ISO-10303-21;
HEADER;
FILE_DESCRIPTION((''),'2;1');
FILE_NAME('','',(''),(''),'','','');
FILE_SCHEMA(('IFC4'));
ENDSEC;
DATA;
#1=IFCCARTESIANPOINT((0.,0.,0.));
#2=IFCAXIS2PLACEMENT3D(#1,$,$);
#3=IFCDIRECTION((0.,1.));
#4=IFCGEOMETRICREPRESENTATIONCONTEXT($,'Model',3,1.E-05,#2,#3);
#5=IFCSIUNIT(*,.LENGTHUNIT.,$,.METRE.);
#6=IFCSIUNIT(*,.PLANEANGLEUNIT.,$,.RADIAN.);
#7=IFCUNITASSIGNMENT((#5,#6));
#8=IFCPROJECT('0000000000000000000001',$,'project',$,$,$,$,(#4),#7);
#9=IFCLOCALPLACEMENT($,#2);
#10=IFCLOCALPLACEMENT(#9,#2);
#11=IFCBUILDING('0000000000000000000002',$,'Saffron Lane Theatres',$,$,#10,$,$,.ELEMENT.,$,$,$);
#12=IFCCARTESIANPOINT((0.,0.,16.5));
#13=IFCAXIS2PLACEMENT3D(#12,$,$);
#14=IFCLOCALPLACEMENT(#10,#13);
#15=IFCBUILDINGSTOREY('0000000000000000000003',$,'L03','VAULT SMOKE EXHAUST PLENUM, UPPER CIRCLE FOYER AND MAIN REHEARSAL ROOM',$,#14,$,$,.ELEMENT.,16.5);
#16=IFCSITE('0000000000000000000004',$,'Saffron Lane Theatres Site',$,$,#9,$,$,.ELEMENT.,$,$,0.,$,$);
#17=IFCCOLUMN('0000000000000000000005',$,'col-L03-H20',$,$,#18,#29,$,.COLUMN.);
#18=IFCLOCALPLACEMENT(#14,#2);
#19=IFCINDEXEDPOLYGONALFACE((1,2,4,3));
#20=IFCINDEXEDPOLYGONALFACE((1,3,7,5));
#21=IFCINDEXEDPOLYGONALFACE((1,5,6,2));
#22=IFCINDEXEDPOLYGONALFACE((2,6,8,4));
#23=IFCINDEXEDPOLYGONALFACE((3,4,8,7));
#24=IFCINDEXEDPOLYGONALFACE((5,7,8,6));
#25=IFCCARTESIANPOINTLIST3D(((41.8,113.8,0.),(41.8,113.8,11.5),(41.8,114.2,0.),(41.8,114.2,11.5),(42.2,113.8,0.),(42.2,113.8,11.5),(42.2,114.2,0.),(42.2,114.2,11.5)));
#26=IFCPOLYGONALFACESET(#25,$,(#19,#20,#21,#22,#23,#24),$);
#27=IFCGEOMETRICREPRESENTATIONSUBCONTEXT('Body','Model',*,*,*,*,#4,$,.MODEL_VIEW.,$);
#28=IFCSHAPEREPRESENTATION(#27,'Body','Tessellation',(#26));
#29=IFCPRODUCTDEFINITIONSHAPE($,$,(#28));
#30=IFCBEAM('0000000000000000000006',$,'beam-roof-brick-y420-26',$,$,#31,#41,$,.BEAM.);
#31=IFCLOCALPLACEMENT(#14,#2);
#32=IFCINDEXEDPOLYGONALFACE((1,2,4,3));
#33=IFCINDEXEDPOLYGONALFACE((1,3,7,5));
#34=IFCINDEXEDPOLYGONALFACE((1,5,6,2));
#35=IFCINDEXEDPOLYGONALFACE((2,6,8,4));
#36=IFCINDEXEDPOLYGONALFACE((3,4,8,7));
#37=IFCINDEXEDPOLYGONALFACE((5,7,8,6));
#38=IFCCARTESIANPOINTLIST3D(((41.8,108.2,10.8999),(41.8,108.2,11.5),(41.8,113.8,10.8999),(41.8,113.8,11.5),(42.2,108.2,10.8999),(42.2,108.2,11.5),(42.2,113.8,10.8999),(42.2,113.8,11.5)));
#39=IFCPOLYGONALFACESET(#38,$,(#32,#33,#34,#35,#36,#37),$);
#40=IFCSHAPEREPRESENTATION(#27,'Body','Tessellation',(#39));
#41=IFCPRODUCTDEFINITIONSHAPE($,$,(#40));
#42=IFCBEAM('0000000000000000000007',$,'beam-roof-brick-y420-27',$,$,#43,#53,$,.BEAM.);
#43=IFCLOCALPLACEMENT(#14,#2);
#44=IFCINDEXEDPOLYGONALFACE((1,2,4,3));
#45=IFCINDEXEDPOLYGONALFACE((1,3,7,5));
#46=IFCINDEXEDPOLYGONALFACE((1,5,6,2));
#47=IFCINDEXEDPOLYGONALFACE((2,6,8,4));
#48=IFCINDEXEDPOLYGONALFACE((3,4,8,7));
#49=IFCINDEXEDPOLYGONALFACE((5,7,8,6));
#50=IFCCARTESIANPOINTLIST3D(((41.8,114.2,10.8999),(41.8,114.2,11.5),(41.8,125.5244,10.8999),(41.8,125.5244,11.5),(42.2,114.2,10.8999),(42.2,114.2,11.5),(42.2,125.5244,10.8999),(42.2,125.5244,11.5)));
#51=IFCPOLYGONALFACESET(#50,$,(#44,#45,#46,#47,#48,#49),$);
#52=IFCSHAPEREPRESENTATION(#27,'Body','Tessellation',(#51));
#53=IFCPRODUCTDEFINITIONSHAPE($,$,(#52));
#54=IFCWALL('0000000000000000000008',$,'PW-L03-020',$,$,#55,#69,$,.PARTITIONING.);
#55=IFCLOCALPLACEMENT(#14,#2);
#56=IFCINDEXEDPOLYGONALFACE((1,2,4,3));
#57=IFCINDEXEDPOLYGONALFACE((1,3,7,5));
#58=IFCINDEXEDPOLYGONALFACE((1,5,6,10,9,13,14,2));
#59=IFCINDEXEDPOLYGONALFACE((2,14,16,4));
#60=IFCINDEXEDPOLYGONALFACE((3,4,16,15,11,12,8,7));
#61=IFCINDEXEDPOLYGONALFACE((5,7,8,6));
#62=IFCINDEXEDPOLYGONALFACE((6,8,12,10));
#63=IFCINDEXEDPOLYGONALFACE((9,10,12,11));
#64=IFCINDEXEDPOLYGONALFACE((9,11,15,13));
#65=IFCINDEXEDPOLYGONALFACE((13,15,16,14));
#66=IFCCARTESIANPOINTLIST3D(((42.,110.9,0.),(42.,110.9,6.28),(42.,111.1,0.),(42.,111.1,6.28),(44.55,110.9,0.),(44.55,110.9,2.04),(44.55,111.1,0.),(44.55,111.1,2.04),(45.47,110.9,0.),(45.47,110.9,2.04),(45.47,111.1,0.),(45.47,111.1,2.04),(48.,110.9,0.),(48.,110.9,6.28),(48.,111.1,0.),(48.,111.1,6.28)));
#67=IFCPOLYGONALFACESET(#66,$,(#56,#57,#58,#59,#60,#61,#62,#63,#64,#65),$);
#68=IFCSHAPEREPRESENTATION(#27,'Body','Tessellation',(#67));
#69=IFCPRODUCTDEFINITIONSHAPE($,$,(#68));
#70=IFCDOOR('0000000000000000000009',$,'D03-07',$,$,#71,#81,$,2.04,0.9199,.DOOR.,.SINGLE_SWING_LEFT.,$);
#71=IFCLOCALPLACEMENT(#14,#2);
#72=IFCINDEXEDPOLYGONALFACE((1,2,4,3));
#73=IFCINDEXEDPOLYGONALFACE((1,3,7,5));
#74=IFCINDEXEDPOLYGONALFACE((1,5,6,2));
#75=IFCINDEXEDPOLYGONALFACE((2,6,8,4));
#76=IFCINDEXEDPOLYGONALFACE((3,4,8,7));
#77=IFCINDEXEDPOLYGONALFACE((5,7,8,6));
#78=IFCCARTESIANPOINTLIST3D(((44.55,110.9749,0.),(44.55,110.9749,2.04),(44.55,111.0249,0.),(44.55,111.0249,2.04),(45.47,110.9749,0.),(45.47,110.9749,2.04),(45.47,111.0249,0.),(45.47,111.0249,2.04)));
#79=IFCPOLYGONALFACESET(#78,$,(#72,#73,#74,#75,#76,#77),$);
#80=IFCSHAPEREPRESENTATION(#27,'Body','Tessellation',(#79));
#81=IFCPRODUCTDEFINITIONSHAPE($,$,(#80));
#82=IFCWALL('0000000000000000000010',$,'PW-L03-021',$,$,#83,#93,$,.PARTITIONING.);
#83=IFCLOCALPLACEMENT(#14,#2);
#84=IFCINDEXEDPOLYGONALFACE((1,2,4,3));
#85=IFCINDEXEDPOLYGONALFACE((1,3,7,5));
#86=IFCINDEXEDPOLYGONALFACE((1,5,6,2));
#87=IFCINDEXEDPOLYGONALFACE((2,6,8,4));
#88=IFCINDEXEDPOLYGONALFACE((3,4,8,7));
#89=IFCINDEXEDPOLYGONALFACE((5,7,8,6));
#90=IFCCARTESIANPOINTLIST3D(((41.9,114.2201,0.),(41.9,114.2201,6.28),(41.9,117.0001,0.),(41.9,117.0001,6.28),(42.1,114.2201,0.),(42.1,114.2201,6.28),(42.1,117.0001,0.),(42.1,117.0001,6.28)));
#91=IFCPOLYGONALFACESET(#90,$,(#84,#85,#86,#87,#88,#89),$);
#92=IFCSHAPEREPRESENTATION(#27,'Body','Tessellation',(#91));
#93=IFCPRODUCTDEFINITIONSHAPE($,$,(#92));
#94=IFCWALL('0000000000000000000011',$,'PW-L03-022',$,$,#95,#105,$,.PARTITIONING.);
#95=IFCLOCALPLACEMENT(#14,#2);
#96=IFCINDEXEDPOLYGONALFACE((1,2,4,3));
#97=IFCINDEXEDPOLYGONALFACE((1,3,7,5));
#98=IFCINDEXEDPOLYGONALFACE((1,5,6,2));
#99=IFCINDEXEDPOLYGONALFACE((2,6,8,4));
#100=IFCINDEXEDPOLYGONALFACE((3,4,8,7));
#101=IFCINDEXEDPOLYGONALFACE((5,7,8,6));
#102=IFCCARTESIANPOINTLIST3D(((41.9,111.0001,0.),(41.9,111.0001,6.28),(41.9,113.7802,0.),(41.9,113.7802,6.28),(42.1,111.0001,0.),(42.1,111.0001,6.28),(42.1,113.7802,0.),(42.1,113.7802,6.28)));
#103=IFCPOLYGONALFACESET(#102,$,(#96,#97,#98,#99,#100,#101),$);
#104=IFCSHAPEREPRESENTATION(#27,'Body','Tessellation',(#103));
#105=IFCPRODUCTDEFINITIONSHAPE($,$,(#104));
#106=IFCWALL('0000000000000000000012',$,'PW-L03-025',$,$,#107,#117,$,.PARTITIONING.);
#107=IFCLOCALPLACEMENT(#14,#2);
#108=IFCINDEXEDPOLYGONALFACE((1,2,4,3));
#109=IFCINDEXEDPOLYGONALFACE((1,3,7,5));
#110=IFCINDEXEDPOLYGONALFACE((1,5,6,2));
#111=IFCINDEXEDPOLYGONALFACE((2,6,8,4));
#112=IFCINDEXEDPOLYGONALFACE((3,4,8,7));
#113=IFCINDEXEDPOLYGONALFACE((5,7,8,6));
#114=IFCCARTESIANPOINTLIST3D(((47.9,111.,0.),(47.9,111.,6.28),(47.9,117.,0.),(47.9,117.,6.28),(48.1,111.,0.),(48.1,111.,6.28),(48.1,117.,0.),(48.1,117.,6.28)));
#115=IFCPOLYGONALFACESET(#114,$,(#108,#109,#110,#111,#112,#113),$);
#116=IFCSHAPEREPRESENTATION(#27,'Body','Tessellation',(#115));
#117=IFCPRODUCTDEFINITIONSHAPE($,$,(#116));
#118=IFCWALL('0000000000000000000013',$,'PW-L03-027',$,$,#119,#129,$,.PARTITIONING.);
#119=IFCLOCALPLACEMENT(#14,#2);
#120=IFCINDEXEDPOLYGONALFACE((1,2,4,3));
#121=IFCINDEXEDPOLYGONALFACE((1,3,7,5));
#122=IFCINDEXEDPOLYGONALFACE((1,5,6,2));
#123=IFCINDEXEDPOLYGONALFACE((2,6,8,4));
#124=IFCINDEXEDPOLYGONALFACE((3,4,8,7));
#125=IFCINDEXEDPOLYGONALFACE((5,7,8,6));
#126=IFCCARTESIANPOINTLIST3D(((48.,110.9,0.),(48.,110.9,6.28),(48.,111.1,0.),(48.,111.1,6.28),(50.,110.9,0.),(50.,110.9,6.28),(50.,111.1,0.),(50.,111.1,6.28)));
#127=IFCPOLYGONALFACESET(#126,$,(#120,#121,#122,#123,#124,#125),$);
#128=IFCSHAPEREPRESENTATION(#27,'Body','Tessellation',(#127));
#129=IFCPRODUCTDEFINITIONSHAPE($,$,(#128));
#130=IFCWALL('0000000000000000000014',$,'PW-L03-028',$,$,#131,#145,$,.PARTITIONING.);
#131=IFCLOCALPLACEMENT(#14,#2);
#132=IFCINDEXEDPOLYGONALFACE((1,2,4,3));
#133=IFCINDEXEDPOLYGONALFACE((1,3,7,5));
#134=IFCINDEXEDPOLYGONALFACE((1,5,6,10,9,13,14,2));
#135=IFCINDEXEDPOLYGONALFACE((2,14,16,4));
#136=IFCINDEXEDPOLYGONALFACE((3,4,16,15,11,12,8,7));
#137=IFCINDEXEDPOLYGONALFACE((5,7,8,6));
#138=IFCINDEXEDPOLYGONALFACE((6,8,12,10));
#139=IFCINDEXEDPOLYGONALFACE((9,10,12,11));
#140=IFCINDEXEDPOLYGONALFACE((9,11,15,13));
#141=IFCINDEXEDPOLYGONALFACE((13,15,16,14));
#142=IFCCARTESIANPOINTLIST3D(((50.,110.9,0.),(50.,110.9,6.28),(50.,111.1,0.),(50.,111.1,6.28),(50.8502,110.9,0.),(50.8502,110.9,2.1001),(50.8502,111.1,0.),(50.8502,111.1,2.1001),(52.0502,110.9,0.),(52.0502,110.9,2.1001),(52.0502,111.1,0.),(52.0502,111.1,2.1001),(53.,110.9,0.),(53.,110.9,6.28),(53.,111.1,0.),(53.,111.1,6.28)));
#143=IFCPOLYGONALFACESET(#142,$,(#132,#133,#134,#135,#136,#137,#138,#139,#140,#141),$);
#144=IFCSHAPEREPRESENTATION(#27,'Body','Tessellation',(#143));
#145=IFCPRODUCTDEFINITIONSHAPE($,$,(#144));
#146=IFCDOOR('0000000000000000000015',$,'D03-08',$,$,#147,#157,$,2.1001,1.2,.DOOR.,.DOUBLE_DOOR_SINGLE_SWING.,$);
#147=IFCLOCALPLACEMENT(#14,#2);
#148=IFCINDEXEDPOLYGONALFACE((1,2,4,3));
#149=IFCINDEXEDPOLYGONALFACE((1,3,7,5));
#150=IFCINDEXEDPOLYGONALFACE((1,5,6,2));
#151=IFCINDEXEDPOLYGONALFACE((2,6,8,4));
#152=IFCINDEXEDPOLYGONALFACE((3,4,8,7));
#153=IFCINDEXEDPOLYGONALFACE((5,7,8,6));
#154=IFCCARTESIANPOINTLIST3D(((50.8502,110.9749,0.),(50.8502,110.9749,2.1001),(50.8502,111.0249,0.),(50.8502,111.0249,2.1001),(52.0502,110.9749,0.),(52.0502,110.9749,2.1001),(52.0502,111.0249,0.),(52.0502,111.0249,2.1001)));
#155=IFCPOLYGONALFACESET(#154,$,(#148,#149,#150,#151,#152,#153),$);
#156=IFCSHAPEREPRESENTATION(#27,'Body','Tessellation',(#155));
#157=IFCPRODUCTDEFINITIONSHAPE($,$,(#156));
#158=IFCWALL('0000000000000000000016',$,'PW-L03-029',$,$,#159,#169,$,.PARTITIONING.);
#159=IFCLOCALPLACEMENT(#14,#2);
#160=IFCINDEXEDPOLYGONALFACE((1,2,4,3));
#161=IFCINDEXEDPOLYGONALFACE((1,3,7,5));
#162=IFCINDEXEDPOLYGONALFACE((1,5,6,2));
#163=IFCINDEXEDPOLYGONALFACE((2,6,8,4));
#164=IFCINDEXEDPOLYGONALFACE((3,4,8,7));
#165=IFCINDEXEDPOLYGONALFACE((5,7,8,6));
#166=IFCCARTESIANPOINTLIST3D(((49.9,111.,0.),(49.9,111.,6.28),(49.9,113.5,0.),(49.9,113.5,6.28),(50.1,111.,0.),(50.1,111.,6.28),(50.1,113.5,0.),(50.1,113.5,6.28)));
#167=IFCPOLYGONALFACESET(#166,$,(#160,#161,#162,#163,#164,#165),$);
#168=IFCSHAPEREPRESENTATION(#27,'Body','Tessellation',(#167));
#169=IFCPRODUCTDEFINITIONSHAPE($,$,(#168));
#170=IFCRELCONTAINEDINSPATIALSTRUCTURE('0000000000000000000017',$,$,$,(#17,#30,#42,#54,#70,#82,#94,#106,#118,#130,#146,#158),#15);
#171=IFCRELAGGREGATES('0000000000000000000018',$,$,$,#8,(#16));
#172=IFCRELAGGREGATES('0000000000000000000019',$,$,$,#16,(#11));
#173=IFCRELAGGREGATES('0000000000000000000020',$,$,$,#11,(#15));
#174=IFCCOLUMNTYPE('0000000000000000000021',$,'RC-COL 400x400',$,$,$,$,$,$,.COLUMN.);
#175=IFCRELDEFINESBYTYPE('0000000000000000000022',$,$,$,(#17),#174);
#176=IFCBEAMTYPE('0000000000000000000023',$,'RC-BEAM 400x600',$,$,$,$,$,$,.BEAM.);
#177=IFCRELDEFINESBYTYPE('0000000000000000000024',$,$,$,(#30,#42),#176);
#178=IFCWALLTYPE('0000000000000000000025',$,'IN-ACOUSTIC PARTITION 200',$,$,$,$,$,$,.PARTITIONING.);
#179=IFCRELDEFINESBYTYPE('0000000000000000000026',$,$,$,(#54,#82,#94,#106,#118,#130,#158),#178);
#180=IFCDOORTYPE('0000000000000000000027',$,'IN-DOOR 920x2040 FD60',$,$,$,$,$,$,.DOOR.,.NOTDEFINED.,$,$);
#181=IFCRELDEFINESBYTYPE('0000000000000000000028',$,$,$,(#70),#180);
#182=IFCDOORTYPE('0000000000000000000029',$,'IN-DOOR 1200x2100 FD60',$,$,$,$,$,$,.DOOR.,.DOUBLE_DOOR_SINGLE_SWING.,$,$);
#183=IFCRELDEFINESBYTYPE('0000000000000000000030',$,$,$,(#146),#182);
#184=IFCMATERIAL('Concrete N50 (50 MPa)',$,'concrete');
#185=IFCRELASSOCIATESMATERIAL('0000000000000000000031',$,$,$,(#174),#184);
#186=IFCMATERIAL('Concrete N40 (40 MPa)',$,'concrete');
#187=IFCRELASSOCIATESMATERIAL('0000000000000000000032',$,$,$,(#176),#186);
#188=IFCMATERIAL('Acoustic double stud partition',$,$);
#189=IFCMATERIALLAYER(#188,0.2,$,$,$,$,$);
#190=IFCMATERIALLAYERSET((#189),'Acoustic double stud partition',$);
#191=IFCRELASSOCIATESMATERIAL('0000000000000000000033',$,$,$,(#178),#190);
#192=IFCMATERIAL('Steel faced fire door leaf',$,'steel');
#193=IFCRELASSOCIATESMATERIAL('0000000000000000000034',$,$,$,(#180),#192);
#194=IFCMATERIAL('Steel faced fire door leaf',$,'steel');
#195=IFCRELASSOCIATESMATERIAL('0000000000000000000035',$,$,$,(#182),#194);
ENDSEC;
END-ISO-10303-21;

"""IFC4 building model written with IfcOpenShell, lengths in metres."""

from ifc_helpers import new_model, si_unit, direction, frame, frame_2d, origin, origin_2d, place, context, subcontext, project, spatial, rectangle, extrude, material, layer, layer_set, material_profile, profile_set, type_object, element, fill, save


model = new_model("IFC4")

# Units and contexts
model_context = context("Model", 3, precision=1e-05, world=origin(), true_north=direction((0.0, 1.0)))
body_context = subcontext(model_context, "Body", "Model", "MODEL_VIEW")
ifc_project = project(units=[si_unit("LENGTHUNIT", "METRE"), si_unit("PLANEANGLEUNIT", "RADIAN")], contexts=[model_context])

# Site, building, storey
site_placement = place(None, origin())
site = spatial("IfcSite", under=ifc_project, at=site_placement, Name="Saffron Lane Theatres Site", CompositionType="ELEMENT", RefElevation=0.0)
building_placement = place(site_placement, origin())
building = spatial("IfcBuilding", under=site, at=building_placement, Name="Saffron Lane Theatres", CompositionType="ELEMENT")
storey_placement = place(building_placement, frame((0.0, 0.0, 16.5)))
storey = spatial("IfcBuildingStorey", under=building, at=storey_placement, Name="L03", Description="VAULT SMOKE EXHAUST PLENUM, UPPER CIRCLE FOYER AND MAIN REHEARSAL ROOM", CompositionType="ELEMENT", Elevation=16.5)

# Column
ifc_material_1 = material(Name="Concrete N50 (50 MPa)", Category="concrete")
ifc_material_profile_1 = material_profile(ifc_material_1, rectangle(XDim=0.3999, YDim=0.3999, at=origin_2d()))
ifc_profile_set_1 = profile_set([ifc_material_profile_1], Name="Concrete N50 (50 MPa)")
column_type = type_object("IfcColumnType", Name="RC-COL 400x400", PredefinedType="COLUMN", material=ifc_profile_set_1)
column_placement = place(storey_placement, frame((42.0, 114.0, 0.0), z_axis=(0.0, 0.0, 1.0), x_axis=(1.0, 0.0, 0.0)))
element("IfcColumn", 1, at=column_placement, inside=storey, type_object=column_type, Name="col-L03-H20", PredefinedType="COLUMN", context=body_context, shape_type="SweptSolid", body=[
    extrude(rectangle(XDim=0.3999, YDim=0.3999, at=origin_2d()), origin(), (0.0, 0.0, 1.0), 11.5),
])

# Beams
ifc_material_2 = material(Name="Concrete N40 (40 MPa)", Category="concrete")
ifc_material_profile_2 = material_profile(ifc_material_2, rectangle(XDim=0.3999, YDim=0.6001, at=origin_2d()))
ifc_profile_set_2 = profile_set([ifc_material_profile_2], Name="Concrete N40 (40 MPa)")
beam_type = type_object("IfcBeamType", Name="RC-BEAM 400x600", PredefinedType="BEAM", material=ifc_profile_set_2)
beam_1_placement = place(storey_placement, frame((42.0, 108.2, 11.2), z_axis=(0.0, 1.0, 0.0), x_axis=(-1.0, 0.0, 0.0)))
element("IfcBeam", 2, at=beam_1_placement, inside=storey, type_object=beam_type, Name="beam-roof-brick-y420-26", PredefinedType="BEAM", context=body_context, shape_type="SweptSolid", body=[
    extrude(rectangle(XDim=0.3999, YDim=0.6001, at=origin_2d()), origin(), (0.0, 0.0, 1.0), 5.6001),
])
beam_2_placement = place(storey_placement, frame((42.0, 114.2, 11.2), z_axis=(0.0, 1.0, 0.0), x_axis=(-1.0, 0.0, 0.0)))
element("IfcBeam", 3, at=beam_2_placement, inside=storey, type_object=beam_type, Name="beam-roof-brick-y420-27", PredefinedType="BEAM", context=body_context, shape_type="SweptSolid", body=[
    extrude(rectangle(XDim=0.3999, YDim=0.6001, at=origin_2d()), origin(), (0.0, 0.0, 1.0), 11.3245),
])

# Wall, opening, door
ifc_material_3 = material(Name="Acoustic double stud partition")
ifc_layer_1 = layer(ifc_material_3, 0.2)
ifc_layer_set_1 = layer_set([ifc_layer_1], Name="Acoustic double stud partition")
wall_type_1 = type_object("IfcWallType", Name="IN-ACOUSTIC PARTITION 200", PredefinedType="PARTITIONING", material=ifc_layer_set_1)
wall_1_placement = place(storey_placement, frame((42.0, 111.0, 0.0), z_axis=(0.0, 0.0, 1.0), x_axis=(1.0, 0.0, 0.0)))
wall_1 = element("IfcWall", 4, at=wall_1_placement, inside=storey, type_object=wall_type_1, Name="PW-L03-020", PredefinedType="PARTITIONING", context=body_context, shape_type="SweptSolid", body=[
    extrude(rectangle(XDim=6.0, YDim=0.2, at=frame_2d((3.0, 0.0))), origin(), (0.0, 0.0, 1.0), 6.28),
])
opening_1_placement = place(wall_1_placement, frame((2.55, 0.0, 0.0)))
opening_1 = element("IfcOpeningElement", 5, at=opening_1_placement, cuts=wall_1, PredefinedType="OPENING", context=body_context, shape_type="SweptSolid", body=[
    extrude(rectangle(XDim=0.9199, YDim=2.04, at=frame_2d((0.46, 1.02))), frame((0.0, 0.1099, 0.0), z_axis=(0.0, -1.0, 0.0), x_axis=(1.0, 0.0, 0.0)), (0.0, 0.0, 1.0), 0.22),
])
ifc_material_4 = material(Name="Steel faced fire door leaf", Category="steel")
door_type_1 = type_object("IfcDoorType", Name="IN-DOOR 920x2040 FD60", OperationType="NOTDEFINED", PredefinedType="DOOR", material=ifc_material_4)
door_1_placement = place(opening_1_placement, origin())
door_1 = element("IfcDoor", 6, at=door_1_placement, inside=storey, type_object=door_type_1, Name="D03-07", OperationType="SINGLE_SWING_LEFT", OverallHeight=2.04, OverallWidth=0.9199, PredefinedType="DOOR", context=body_context, shape_type="SweptSolid", body=[
    extrude(rectangle(XDim=0.9199, YDim=2.04, at=frame_2d((0.46, 1.02))), frame((0.0, 0.0249, 0.0), z_axis=(0.0, -1.0, 0.0), x_axis=(1.0, 0.0, 0.0)), (0.0, 0.0, 1.0), 0.05),
])
fill(opening_1, door_1)

# Walls
for number, where, z_axis, x_axis, name in (
    (7, (42.0, 114.22, 0.0), (0.0, 0.0, 1.0), (0.0, 1.0, 0.0), "PW-L03-021"),
    (8, (42.0, 111.0, 0.0), (0.0, 0.0, 1.0), (0.0, 1.0, 0.0), "PW-L03-022"),
):
    element("IfcWall", number, at=place(storey_placement, frame(where, z_axis=z_axis, x_axis=x_axis)), inside=storey, type_object=wall_type_1, Name=name, PredefinedType="PARTITIONING", context=body_context, shape_type="SweptSolid", body=[
        extrude(rectangle(XDim=2.78, YDim=0.2, at=frame_2d((1.3901, 0.0))), origin(), (0.0, 0.0, 1.0), 6.28),
    ])
wall_2_placement = place(storey_placement, frame((48.0, 111.0, 0.0), z_axis=(0.0, 0.0, 1.0), x_axis=(0.0, 1.0, 0.0)))
element("IfcWall", 9, at=wall_2_placement, inside=storey, type_object=wall_type_1, Name="PW-L03-025", PredefinedType="PARTITIONING", context=body_context, shape_type="SweptSolid", body=[
    extrude(rectangle(XDim=6.0, YDim=0.2, at=frame_2d((3.0, 0.0))), origin(), (0.0, 0.0, 1.0), 6.28),
])
wall_3_placement = place(storey_placement, frame((48.0, 111.0, 0.0), z_axis=(0.0, 0.0, 1.0), x_axis=(1.0, 0.0, 0.0)))
element("IfcWall", 10, at=wall_3_placement, inside=storey, type_object=wall_type_1, Name="PW-L03-027", PredefinedType="PARTITIONING", context=body_context, shape_type="SweptSolid", body=[
    extrude(rectangle(XDim=2.0, YDim=0.2, at=frame_2d((1.0, 0.0))), origin(), (0.0, 0.0, 1.0), 6.28),
])

# Wall, opening, door
wall_4_placement = place(storey_placement, frame((50.0, 111.0, 0.0), z_axis=(0.0, 0.0, 1.0), x_axis=(1.0, 0.0, 0.0)))
wall_4 = element("IfcWall", 11, at=wall_4_placement, inside=storey, type_object=wall_type_1, Name="PW-L03-028", PredefinedType="PARTITIONING", context=body_context, shape_type="SweptSolid", body=[
    extrude(rectangle(XDim=3.0, YDim=0.2, at=frame_2d((1.5, 0.0))), origin(), (0.0, 0.0, 1.0), 6.28),
])
opening_2_placement = place(wall_4_placement, frame((0.8501, 0.0, 0.0)))
opening_2 = element("IfcOpeningElement", 12, at=opening_2_placement, cuts=wall_4, PredefinedType="OPENING", context=body_context, shape_type="SweptSolid", body=[
    extrude(rectangle(XDim=1.2, YDim=2.1001, at=frame_2d((0.6001, 1.05))), frame((0.0, 0.1099, 0.0), z_axis=(0.0, -1.0, 0.0), x_axis=(1.0, 0.0, 0.0)), (0.0, 0.0, 1.0), 0.22),
])
ifc_material_5 = material(Name="Steel faced fire door leaf", Category="steel")
door_type_2 = type_object("IfcDoorType", Name="IN-DOOR 1200x2100 FD60", OperationType="DOUBLE_DOOR_SINGLE_SWING", PredefinedType="DOOR", material=ifc_material_5)
door_2_placement = place(opening_2_placement, origin())
door_2 = element("IfcDoor", 13, at=door_2_placement, inside=storey, type_object=door_type_2, Name="D03-08", OperationType="DOUBLE_DOOR_SINGLE_SWING", OverallHeight=2.1001, OverallWidth=1.2, PredefinedType="DOOR", context=body_context, shape_type="SweptSolid", body=[
    extrude(rectangle(XDim=1.2, YDim=2.1001, at=frame_2d((0.6001, 1.05))), frame((0.0, 0.0249, 0.0), z_axis=(0.0, -1.0, 0.0), x_axis=(1.0, 0.0, 0.0)), (0.0, 0.0, 1.0), 0.05),
])
fill(opening_2, door_2)

# Wall
wall_5_placement = place(storey_placement, frame((50.0, 111.0, 0.0), z_axis=(0.0, 0.0, 1.0), x_axis=(0.0, 1.0, 0.0)))
element("IfcWall", 14, at=wall_5_placement, inside=storey, type_object=wall_type_1, Name="PW-L03-029", PredefinedType="PARTITIONING", context=body_context, shape_type="SweptSolid", body=[
    extrude(rectangle(XDim=2.5, YDim=0.2, at=frame_2d((1.25, 0.0))), origin(), (0.0, 0.0, 1.0), 6.28),
])

save(model, "model.ifc")
